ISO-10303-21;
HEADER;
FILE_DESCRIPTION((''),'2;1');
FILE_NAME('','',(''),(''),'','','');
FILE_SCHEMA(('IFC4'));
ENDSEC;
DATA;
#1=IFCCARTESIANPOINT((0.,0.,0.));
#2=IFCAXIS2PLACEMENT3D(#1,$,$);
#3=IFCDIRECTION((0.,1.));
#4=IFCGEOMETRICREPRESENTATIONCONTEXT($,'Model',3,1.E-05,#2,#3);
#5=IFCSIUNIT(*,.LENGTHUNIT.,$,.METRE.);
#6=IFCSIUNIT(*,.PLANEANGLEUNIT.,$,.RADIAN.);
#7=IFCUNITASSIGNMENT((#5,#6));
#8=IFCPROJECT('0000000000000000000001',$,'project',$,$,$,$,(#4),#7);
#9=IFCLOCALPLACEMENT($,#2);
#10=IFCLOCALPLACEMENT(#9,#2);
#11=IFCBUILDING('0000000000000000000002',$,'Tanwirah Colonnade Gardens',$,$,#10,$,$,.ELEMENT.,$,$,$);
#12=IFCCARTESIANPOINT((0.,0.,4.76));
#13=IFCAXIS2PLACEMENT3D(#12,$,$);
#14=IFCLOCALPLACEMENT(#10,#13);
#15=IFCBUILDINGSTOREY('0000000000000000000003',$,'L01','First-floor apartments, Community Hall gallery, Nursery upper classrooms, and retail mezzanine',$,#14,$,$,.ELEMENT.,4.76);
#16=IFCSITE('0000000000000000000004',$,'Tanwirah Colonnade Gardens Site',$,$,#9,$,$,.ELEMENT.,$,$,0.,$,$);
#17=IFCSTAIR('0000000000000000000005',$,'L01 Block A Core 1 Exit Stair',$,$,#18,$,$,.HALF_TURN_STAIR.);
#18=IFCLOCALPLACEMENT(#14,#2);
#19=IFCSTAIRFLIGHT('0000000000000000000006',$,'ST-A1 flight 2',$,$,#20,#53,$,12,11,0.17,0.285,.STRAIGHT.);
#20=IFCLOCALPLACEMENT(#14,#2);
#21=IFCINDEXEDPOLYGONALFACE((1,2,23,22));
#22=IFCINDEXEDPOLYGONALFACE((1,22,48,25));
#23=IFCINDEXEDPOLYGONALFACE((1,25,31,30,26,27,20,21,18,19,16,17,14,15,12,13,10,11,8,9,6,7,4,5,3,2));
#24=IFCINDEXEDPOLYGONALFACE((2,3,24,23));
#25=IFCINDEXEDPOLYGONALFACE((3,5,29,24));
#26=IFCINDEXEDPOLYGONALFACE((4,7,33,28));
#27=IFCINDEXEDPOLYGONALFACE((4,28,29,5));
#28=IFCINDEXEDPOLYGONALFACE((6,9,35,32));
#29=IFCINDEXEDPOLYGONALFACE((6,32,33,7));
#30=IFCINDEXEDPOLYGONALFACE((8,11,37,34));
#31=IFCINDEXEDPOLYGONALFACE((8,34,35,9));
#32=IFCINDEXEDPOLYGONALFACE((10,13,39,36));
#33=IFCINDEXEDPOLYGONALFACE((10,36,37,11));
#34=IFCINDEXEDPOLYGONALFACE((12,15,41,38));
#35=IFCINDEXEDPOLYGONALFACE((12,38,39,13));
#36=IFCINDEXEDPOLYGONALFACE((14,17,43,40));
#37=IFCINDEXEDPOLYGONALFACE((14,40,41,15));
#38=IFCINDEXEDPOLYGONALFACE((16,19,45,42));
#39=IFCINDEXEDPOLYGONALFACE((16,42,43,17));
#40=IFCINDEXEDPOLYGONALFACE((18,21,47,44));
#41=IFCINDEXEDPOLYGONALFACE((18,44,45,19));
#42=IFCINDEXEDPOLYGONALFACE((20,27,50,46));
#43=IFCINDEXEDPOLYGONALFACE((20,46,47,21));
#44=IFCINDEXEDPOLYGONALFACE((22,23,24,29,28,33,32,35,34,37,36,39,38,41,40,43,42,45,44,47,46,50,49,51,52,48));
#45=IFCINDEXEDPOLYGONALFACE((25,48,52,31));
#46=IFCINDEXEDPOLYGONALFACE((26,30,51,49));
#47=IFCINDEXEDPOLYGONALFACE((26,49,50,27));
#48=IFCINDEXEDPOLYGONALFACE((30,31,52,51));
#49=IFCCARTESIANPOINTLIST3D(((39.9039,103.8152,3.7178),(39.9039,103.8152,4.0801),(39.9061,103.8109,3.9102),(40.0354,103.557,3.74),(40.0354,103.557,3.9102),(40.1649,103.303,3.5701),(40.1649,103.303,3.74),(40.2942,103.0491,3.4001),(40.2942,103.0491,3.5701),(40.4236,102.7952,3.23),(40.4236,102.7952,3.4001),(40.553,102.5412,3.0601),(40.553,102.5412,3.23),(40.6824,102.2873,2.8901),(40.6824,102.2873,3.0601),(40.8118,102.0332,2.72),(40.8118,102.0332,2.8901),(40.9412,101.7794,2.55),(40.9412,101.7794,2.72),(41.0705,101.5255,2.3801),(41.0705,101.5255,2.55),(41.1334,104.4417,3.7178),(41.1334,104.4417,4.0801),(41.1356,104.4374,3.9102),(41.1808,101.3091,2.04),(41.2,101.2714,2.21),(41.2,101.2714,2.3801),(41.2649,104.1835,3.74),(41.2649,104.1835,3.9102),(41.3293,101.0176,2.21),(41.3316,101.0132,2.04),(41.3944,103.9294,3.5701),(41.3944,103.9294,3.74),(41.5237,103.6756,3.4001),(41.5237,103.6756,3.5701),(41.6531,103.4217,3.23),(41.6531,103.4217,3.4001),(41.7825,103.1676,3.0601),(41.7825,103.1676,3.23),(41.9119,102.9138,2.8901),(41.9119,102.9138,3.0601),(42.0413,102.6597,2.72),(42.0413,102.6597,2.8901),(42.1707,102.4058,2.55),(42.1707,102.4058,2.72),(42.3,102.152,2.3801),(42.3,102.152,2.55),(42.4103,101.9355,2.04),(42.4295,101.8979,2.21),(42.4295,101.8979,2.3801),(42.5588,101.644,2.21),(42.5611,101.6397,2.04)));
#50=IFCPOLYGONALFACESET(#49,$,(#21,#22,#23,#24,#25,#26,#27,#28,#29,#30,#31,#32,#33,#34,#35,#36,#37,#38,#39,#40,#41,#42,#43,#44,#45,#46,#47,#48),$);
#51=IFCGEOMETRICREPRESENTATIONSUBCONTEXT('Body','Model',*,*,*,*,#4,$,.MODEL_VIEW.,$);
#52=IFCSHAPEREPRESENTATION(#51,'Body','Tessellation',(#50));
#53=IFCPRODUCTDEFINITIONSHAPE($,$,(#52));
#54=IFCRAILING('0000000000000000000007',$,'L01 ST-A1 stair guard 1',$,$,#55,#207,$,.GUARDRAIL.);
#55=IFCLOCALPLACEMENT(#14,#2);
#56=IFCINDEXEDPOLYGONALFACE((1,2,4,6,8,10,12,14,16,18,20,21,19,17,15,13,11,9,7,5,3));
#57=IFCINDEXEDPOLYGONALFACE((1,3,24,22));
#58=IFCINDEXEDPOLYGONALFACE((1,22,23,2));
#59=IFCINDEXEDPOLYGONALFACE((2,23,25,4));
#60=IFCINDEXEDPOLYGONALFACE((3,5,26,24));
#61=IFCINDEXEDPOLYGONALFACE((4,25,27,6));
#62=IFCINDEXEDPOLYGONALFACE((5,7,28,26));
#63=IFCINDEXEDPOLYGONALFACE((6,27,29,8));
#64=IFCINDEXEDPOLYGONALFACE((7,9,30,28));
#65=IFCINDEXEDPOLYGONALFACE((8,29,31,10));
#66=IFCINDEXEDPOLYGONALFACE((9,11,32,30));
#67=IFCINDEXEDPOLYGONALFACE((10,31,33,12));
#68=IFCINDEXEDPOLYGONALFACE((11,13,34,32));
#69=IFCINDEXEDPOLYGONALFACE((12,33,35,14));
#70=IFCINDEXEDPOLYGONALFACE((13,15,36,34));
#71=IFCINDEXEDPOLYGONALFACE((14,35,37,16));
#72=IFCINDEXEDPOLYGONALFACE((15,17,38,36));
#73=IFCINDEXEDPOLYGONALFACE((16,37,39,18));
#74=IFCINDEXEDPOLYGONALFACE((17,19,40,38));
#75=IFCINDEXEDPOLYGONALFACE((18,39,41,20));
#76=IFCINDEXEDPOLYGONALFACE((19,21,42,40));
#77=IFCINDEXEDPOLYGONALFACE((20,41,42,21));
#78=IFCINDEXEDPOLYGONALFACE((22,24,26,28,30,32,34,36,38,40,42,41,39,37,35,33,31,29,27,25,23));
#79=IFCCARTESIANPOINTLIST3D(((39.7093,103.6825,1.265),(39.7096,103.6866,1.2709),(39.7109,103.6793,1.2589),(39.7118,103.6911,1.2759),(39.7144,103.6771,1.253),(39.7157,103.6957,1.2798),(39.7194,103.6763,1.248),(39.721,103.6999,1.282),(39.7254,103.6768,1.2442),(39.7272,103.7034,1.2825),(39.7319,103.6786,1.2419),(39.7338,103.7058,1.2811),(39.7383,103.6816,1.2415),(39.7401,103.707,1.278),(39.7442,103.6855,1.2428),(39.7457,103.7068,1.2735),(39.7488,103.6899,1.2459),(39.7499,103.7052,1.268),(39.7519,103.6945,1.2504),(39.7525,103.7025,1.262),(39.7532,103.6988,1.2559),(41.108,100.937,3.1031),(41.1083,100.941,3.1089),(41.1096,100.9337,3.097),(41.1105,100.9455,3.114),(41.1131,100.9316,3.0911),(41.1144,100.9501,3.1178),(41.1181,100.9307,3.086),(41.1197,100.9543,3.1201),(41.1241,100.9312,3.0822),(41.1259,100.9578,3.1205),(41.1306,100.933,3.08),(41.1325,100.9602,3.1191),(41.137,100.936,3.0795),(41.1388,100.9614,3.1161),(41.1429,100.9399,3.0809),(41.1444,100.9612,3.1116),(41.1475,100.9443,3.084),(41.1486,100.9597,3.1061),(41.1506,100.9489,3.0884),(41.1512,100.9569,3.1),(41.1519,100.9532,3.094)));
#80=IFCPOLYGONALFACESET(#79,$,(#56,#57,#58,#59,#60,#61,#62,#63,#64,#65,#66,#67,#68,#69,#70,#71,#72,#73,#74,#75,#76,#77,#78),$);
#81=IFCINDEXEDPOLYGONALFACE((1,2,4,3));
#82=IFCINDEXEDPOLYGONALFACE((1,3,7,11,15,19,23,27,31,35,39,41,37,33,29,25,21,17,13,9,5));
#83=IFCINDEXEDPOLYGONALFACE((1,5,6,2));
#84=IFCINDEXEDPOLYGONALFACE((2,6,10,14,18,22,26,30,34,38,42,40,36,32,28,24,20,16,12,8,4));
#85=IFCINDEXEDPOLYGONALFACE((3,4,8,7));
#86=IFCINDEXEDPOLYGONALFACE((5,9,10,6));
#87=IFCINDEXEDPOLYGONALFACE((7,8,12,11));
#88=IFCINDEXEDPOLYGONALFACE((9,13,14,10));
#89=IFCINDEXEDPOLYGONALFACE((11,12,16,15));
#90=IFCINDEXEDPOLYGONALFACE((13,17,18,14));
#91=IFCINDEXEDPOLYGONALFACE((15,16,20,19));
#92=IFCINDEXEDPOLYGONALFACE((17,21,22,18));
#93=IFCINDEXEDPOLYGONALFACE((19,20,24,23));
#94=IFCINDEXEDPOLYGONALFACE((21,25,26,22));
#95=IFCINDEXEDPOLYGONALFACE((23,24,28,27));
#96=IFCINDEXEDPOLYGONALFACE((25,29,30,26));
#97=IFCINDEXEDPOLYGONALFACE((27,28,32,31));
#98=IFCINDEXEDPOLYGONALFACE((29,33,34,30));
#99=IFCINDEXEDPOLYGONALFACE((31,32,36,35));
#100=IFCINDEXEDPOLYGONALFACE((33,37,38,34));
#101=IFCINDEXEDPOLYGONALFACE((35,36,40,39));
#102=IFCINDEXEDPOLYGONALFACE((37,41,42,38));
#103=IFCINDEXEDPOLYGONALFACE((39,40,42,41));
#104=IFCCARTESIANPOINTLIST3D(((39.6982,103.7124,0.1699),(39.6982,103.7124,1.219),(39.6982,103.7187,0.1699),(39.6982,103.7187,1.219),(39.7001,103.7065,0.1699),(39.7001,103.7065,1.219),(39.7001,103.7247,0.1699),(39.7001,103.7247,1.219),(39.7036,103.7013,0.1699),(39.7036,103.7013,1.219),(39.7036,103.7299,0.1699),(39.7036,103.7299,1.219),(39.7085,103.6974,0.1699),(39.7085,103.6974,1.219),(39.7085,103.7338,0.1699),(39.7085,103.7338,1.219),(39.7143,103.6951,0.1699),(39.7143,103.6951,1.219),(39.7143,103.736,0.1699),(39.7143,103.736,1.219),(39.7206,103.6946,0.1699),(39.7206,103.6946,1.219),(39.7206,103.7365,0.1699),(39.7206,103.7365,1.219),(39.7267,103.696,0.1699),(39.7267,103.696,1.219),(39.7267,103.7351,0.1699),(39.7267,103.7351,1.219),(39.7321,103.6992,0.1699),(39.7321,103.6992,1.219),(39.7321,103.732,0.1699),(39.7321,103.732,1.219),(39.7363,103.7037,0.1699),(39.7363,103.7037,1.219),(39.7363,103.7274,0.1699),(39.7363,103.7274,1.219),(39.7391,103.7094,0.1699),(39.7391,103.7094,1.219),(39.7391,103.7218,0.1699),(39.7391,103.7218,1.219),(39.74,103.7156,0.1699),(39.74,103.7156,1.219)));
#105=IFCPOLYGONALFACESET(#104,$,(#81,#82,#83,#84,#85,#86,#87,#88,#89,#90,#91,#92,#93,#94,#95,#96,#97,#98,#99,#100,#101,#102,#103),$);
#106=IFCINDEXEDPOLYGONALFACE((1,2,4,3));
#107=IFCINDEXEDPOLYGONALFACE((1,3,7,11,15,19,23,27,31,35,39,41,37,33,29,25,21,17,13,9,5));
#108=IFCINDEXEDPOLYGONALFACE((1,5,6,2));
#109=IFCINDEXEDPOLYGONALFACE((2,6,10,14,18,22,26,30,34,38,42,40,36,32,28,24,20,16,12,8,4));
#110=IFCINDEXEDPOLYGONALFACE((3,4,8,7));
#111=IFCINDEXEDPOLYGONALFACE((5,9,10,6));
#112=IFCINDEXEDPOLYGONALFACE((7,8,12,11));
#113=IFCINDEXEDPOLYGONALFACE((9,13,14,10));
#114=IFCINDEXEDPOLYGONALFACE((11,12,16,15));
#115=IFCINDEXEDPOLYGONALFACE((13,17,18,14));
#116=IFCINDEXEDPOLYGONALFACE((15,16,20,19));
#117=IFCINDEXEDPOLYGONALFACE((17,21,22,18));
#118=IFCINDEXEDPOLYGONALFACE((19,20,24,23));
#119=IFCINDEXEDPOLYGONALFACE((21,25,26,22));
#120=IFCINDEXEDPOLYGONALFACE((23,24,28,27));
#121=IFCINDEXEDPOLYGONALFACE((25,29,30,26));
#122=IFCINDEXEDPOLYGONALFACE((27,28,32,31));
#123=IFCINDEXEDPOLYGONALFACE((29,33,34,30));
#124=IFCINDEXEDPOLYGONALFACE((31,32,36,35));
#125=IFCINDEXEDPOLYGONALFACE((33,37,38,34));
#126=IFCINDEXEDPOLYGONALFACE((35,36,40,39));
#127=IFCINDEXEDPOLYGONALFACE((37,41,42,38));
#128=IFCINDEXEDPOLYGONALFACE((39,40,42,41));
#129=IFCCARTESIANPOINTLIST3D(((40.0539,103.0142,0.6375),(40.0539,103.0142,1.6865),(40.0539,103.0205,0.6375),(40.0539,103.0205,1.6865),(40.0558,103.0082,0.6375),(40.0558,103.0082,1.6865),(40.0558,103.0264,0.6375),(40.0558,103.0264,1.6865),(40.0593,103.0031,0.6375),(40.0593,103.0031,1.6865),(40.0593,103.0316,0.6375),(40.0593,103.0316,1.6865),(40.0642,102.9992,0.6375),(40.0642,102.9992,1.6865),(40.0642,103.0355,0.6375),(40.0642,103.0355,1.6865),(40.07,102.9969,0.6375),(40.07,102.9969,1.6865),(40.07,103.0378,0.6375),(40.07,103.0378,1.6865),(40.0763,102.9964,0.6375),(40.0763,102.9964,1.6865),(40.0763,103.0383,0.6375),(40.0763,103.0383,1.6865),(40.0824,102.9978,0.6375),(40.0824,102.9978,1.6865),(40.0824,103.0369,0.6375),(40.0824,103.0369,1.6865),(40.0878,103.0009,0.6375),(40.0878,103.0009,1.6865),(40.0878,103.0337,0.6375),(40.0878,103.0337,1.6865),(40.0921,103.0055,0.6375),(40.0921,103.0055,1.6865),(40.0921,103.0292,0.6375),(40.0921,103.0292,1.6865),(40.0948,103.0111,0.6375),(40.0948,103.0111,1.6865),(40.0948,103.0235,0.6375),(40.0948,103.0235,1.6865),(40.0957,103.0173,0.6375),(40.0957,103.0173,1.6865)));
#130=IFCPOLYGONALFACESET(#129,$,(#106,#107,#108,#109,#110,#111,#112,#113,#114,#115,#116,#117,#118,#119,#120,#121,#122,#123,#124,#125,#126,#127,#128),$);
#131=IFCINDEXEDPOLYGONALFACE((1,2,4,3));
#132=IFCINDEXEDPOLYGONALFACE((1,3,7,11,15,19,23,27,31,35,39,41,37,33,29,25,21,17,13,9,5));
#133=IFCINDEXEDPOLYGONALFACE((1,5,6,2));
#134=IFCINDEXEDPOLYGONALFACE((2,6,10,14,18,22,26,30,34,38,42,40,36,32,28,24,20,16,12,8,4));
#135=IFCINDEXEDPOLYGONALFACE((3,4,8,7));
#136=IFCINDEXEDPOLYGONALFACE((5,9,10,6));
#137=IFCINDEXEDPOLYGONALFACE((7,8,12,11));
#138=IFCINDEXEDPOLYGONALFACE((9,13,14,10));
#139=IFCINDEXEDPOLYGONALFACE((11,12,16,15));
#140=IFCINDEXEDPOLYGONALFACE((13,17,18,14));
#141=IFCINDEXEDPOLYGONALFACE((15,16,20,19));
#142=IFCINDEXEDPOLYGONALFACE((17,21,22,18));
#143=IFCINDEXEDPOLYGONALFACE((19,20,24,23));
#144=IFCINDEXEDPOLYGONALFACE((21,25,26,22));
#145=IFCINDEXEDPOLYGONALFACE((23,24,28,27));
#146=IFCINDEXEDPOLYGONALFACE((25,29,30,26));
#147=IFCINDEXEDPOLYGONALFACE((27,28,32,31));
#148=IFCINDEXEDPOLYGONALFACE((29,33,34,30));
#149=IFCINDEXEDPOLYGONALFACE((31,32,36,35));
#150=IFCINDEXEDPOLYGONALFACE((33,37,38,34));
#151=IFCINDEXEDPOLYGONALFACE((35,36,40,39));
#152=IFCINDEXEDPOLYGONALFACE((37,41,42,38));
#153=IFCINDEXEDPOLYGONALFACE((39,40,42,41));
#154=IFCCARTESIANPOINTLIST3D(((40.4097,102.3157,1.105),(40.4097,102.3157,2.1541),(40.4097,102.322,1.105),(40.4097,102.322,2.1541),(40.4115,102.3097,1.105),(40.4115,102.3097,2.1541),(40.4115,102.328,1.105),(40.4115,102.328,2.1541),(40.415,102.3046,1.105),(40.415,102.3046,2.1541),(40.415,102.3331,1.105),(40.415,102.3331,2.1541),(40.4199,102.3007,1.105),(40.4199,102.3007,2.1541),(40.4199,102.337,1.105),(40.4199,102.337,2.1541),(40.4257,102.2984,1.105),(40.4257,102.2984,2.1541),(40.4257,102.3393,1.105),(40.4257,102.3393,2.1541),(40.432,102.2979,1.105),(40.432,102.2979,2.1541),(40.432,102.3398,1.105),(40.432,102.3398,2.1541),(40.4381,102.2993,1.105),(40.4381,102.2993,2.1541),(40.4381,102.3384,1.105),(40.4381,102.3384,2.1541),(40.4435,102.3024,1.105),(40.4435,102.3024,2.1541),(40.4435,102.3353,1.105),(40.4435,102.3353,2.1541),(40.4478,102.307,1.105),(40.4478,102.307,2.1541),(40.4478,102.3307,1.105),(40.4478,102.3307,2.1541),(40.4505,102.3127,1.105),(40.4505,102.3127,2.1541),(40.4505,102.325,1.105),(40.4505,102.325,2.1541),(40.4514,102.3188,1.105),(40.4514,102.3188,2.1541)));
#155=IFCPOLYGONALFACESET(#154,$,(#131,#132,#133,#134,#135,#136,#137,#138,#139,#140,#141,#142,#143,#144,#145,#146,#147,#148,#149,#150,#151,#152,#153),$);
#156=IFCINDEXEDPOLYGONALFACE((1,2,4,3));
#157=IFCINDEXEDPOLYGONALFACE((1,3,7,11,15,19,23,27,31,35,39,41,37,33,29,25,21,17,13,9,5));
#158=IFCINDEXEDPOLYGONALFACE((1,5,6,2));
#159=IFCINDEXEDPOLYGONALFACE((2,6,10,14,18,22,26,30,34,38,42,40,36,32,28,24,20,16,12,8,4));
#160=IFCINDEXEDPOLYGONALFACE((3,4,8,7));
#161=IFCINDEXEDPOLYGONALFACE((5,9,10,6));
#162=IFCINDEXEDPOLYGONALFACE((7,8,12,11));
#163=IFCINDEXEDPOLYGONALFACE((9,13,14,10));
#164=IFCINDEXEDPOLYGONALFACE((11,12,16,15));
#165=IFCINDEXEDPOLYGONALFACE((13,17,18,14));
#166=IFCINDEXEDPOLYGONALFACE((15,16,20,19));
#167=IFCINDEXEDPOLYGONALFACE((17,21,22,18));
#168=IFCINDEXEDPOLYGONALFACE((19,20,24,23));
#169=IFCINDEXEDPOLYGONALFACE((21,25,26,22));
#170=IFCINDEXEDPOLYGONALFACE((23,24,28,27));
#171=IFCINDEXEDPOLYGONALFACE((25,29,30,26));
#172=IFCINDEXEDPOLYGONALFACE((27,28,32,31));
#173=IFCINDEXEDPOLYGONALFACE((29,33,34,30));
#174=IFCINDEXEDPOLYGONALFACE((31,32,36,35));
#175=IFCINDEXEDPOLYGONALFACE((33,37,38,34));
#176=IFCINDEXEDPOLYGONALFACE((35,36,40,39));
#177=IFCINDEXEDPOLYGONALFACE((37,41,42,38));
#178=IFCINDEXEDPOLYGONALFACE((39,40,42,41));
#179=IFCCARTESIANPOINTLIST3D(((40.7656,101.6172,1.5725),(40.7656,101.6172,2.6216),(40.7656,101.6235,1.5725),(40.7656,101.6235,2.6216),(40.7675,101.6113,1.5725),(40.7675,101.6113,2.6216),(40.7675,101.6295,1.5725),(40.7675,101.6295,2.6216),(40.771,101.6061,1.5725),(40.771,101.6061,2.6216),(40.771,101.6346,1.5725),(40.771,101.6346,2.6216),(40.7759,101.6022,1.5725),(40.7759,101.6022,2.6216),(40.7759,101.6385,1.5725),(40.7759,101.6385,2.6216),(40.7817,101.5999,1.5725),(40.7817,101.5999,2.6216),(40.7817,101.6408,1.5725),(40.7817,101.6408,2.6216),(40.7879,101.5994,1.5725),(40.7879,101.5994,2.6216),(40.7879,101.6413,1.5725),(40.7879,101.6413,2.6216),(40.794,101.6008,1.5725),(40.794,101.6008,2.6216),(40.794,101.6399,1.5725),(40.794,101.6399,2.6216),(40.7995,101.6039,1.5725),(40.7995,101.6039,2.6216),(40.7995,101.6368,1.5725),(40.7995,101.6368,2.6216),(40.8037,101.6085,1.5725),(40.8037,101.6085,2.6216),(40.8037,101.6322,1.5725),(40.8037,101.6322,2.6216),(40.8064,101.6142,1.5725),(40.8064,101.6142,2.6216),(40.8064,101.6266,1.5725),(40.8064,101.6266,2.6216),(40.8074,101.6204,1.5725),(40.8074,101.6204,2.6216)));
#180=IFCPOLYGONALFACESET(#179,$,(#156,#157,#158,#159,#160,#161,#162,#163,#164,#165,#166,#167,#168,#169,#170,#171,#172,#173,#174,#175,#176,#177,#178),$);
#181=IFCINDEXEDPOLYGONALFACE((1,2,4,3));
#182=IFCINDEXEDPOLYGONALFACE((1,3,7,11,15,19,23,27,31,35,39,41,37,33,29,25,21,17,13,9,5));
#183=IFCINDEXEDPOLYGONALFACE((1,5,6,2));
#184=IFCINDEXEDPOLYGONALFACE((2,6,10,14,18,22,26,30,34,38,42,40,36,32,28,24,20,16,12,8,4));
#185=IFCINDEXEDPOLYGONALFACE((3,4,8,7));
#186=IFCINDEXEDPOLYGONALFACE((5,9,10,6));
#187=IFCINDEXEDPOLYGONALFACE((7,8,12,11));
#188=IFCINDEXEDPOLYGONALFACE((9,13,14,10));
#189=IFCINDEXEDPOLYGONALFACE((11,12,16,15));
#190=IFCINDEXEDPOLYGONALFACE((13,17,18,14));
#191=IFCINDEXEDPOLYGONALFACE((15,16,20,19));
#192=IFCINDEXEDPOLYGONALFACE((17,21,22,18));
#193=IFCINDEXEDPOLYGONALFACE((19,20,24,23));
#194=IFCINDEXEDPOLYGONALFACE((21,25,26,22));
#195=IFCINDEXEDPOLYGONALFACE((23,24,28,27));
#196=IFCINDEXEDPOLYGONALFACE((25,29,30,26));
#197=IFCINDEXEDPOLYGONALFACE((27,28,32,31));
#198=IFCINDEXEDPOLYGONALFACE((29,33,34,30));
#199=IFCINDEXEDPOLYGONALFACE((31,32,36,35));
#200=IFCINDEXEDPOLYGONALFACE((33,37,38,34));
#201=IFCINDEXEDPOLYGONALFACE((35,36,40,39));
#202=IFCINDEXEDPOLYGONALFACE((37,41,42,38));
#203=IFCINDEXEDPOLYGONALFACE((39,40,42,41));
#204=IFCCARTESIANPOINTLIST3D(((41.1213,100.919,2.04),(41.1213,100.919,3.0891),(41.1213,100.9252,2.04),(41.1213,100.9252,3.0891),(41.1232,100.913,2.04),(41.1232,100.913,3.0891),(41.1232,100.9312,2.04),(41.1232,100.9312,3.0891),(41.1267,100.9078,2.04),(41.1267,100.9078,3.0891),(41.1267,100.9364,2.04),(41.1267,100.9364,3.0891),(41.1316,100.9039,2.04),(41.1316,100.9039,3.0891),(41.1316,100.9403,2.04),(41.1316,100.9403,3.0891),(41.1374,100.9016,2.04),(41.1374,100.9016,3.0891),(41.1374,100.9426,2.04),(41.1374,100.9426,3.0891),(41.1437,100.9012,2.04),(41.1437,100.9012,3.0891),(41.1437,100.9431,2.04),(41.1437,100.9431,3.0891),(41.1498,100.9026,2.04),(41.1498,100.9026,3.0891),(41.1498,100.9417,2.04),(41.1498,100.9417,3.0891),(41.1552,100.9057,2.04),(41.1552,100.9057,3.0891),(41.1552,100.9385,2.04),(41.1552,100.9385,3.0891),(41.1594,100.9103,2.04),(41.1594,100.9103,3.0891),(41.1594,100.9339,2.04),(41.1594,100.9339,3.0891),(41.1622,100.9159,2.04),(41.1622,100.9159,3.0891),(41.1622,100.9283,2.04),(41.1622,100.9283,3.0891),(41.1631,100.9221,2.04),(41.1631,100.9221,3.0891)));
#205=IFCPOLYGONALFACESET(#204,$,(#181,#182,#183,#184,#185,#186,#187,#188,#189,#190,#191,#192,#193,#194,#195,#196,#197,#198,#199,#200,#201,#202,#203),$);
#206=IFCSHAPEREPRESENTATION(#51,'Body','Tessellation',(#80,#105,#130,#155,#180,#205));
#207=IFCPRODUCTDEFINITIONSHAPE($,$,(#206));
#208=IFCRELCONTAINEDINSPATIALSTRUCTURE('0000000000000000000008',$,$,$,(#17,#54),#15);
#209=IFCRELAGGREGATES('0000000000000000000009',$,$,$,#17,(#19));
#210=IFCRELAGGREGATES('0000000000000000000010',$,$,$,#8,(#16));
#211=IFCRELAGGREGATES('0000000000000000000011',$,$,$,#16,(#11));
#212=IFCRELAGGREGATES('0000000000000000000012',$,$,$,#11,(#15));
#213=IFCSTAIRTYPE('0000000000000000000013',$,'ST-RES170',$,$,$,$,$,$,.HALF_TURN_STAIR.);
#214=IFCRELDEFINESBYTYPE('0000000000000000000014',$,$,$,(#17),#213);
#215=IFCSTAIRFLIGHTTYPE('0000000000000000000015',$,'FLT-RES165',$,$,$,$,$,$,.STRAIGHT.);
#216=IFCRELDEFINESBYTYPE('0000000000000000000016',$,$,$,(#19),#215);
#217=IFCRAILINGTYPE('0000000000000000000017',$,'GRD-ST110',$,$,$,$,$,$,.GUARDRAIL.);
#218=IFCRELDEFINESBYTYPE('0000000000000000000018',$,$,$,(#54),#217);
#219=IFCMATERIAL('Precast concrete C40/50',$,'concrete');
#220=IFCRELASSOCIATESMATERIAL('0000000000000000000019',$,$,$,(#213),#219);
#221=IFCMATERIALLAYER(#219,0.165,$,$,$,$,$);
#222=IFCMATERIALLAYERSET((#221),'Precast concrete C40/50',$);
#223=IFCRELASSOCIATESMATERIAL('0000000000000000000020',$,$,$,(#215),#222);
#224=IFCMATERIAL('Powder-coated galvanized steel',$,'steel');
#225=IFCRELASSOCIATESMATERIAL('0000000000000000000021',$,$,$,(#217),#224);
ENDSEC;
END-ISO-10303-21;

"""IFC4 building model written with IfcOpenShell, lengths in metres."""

from ifc_helpers import new_model, si_unit, direction, frame, origin, origin_2d, place, context, subcontext, project, spatial, polyline, circle, outline, extrude, material, layer, layer_set, type_object, element, aggregate, save


model = new_model("IFC4")

# Units and contexts
model_context = context("Model", 3, precision=1e-05, world=origin(), true_north=direction((0.0, 1.0)))
body_context = subcontext(model_context, "Body", "Model", "MODEL_VIEW")
ifc_project = project(units=[si_unit("LENGTHUNIT", "METRE"), si_unit("PLANEANGLEUNIT", "RADIAN")], contexts=[model_context])

# Site, building, storey
site_placement = place(None, origin())
site = spatial("IfcSite", under=ifc_project, at=site_placement, Name="Tanwirah Colonnade Gardens Site", CompositionType="ELEMENT", RefElevation=0.0)
building_placement = place(site_placement, origin())
building = spatial("IfcBuilding", under=site, at=building_placement, Name="Tanwirah Colonnade Gardens", CompositionType="ELEMENT")
storey_placement = place(building_placement, frame((0.0, 0.0, 4.76)))
storey = spatial("IfcBuildingStorey", under=building, at=storey_placement, Name="L01", Description="First-floor apartments, Community Hall gallery, Nursery upper classrooms, and retail mezzanine", CompositionType="ELEMENT", Elevation=4.76)

# Shared definitions
ifc_material_1 = material(Name="Precast concrete C40/50", Category="concrete")

# Stair, stair flight
stair_type = type_object("IfcStairType", Name="ST-RES170", PredefinedType="HALF_TURN_STAIR", material=ifc_material_1)
stair_placement = place(storey_placement, origin())
stair = element("IfcStair", 1, at=stair_placement, inside=storey, type_object=stair_type, Name="L01 Block A Core 1 Exit Stair", PredefinedType="HALF_TURN_STAIR")
ifc_layer_1 = layer(ifc_material_1, 0.165)
ifc_layer_set_1 = layer_set([ifc_layer_1], Name="Precast concrete C40/50")
stair_flight_type = type_object("IfcStairFlightType", Name="FLT-RES165", PredefinedType="STRAIGHT", material=ifc_layer_set_1)
stair_flight_1_placement = place(storey_placement, frame((41.9441, 101.3308, 2.04), z_axis=(0.0, 0.0, 1.0), x_axis=(-0.45399, 0.891007, 0.0)))
stair_flight_1 = element("IfcStairFlight", 2, at=stair_flight_1_placement, type_object=stair_flight_type, Name="ST-A1 flight 2", NumberOfRisers=12, NumberOfTreads=11, PredefinedType="STRAIGHT", RiserHeight=0.17, TreadLength=0.285, context=body_context, shape_type="SweptSolid", body=[
    extrude(outline(polyline([(-0.0049, 0.0), (0.0, 0.1699), (0.2849, 0.1699), (0.2849, 0.3401), (0.5701, 0.3401), (0.5701, 0.51), (0.855, 0.51), (0.855, 0.6799), (1.1399, 0.6799), (1.1399, 0.8501), (1.425, 0.8501), (1.425, 1.02), (1.71, 1.02), (1.71, 1.1899), (1.9951, 1.1899), (1.9951, 1.3601), (2.28, 1.3601), (2.28, 1.53), (2.5649, 1.53), (2.5649, 1.7), (2.8501, 1.7), (2.8501, 1.8701), (3.135, 1.8701), (3.1399, 2.04), (3.1399, 1.6777), (0.3271, 0.0), (-0.0049, 0.0)])), frame((0.0, 0.6899, 0.0), z_axis=(0.0, -1.0, 0.0), x_axis=(1.0, 0.0, 0.0)), (0.0, 0.0, 1.0), 1.3799),
])
aggregate(stair, [stair_flight_1])

# Railing
ifc_material_2 = material(Name="Powder-coated galvanized steel", Category="steel")
railing_type_1 = type_object("IfcRailingType", Name="GRD-ST110", PredefinedType="GUARDRAIL", material=ifc_material_2)
railing_1_placement = place(storey_placement, frame((39.719, 103.7156, 0.1699)))
element("IfcRailing", 3, at=railing_1_placement, inside=storey, type_object=railing_type_1, Name="L01 ST-A1 stair guard 1", PredefinedType="GUARDRAIL", context=body_context, shape_type="SweptSolid", body=[
    extrude(circle(Radius=0.0239, at=origin_2d()), frame((0.0122, -0.0239, 1.092), z_axis=(0.389839, -0.765232, 0.512295), x_axis=(0.891038, 0.453929, 0.0)), (0.0, 0.0, 1.0), 3.5879),
    extrude(circle(Radius=0.021, at=origin_2d()), origin(), (0.0, 0.0, 1.0), 1.0491),
    extrude(circle(Radius=0.021, at=origin_2d()), frame((0.3557, -0.6982, 0.4675)), (0.0, 0.0, 1.0), 1.0491),
    extrude(circle(Radius=0.021, at=origin_2d()), frame((0.7114, -1.3967, 0.9351)), (0.0, 0.0, 1.0), 1.0491),
    extrude(circle(Radius=0.021, at=origin_2d()), frame((1.0674, -2.0952, 1.4026)), (0.0, 0.0, 1.0), 1.0491),
    extrude(circle(Radius=0.021, at=origin_2d()), frame((1.4231, -2.7935, 1.8701)), (0.0, 0.0, 1.0), 1.0491),
])

save(model, "model.ifc")
